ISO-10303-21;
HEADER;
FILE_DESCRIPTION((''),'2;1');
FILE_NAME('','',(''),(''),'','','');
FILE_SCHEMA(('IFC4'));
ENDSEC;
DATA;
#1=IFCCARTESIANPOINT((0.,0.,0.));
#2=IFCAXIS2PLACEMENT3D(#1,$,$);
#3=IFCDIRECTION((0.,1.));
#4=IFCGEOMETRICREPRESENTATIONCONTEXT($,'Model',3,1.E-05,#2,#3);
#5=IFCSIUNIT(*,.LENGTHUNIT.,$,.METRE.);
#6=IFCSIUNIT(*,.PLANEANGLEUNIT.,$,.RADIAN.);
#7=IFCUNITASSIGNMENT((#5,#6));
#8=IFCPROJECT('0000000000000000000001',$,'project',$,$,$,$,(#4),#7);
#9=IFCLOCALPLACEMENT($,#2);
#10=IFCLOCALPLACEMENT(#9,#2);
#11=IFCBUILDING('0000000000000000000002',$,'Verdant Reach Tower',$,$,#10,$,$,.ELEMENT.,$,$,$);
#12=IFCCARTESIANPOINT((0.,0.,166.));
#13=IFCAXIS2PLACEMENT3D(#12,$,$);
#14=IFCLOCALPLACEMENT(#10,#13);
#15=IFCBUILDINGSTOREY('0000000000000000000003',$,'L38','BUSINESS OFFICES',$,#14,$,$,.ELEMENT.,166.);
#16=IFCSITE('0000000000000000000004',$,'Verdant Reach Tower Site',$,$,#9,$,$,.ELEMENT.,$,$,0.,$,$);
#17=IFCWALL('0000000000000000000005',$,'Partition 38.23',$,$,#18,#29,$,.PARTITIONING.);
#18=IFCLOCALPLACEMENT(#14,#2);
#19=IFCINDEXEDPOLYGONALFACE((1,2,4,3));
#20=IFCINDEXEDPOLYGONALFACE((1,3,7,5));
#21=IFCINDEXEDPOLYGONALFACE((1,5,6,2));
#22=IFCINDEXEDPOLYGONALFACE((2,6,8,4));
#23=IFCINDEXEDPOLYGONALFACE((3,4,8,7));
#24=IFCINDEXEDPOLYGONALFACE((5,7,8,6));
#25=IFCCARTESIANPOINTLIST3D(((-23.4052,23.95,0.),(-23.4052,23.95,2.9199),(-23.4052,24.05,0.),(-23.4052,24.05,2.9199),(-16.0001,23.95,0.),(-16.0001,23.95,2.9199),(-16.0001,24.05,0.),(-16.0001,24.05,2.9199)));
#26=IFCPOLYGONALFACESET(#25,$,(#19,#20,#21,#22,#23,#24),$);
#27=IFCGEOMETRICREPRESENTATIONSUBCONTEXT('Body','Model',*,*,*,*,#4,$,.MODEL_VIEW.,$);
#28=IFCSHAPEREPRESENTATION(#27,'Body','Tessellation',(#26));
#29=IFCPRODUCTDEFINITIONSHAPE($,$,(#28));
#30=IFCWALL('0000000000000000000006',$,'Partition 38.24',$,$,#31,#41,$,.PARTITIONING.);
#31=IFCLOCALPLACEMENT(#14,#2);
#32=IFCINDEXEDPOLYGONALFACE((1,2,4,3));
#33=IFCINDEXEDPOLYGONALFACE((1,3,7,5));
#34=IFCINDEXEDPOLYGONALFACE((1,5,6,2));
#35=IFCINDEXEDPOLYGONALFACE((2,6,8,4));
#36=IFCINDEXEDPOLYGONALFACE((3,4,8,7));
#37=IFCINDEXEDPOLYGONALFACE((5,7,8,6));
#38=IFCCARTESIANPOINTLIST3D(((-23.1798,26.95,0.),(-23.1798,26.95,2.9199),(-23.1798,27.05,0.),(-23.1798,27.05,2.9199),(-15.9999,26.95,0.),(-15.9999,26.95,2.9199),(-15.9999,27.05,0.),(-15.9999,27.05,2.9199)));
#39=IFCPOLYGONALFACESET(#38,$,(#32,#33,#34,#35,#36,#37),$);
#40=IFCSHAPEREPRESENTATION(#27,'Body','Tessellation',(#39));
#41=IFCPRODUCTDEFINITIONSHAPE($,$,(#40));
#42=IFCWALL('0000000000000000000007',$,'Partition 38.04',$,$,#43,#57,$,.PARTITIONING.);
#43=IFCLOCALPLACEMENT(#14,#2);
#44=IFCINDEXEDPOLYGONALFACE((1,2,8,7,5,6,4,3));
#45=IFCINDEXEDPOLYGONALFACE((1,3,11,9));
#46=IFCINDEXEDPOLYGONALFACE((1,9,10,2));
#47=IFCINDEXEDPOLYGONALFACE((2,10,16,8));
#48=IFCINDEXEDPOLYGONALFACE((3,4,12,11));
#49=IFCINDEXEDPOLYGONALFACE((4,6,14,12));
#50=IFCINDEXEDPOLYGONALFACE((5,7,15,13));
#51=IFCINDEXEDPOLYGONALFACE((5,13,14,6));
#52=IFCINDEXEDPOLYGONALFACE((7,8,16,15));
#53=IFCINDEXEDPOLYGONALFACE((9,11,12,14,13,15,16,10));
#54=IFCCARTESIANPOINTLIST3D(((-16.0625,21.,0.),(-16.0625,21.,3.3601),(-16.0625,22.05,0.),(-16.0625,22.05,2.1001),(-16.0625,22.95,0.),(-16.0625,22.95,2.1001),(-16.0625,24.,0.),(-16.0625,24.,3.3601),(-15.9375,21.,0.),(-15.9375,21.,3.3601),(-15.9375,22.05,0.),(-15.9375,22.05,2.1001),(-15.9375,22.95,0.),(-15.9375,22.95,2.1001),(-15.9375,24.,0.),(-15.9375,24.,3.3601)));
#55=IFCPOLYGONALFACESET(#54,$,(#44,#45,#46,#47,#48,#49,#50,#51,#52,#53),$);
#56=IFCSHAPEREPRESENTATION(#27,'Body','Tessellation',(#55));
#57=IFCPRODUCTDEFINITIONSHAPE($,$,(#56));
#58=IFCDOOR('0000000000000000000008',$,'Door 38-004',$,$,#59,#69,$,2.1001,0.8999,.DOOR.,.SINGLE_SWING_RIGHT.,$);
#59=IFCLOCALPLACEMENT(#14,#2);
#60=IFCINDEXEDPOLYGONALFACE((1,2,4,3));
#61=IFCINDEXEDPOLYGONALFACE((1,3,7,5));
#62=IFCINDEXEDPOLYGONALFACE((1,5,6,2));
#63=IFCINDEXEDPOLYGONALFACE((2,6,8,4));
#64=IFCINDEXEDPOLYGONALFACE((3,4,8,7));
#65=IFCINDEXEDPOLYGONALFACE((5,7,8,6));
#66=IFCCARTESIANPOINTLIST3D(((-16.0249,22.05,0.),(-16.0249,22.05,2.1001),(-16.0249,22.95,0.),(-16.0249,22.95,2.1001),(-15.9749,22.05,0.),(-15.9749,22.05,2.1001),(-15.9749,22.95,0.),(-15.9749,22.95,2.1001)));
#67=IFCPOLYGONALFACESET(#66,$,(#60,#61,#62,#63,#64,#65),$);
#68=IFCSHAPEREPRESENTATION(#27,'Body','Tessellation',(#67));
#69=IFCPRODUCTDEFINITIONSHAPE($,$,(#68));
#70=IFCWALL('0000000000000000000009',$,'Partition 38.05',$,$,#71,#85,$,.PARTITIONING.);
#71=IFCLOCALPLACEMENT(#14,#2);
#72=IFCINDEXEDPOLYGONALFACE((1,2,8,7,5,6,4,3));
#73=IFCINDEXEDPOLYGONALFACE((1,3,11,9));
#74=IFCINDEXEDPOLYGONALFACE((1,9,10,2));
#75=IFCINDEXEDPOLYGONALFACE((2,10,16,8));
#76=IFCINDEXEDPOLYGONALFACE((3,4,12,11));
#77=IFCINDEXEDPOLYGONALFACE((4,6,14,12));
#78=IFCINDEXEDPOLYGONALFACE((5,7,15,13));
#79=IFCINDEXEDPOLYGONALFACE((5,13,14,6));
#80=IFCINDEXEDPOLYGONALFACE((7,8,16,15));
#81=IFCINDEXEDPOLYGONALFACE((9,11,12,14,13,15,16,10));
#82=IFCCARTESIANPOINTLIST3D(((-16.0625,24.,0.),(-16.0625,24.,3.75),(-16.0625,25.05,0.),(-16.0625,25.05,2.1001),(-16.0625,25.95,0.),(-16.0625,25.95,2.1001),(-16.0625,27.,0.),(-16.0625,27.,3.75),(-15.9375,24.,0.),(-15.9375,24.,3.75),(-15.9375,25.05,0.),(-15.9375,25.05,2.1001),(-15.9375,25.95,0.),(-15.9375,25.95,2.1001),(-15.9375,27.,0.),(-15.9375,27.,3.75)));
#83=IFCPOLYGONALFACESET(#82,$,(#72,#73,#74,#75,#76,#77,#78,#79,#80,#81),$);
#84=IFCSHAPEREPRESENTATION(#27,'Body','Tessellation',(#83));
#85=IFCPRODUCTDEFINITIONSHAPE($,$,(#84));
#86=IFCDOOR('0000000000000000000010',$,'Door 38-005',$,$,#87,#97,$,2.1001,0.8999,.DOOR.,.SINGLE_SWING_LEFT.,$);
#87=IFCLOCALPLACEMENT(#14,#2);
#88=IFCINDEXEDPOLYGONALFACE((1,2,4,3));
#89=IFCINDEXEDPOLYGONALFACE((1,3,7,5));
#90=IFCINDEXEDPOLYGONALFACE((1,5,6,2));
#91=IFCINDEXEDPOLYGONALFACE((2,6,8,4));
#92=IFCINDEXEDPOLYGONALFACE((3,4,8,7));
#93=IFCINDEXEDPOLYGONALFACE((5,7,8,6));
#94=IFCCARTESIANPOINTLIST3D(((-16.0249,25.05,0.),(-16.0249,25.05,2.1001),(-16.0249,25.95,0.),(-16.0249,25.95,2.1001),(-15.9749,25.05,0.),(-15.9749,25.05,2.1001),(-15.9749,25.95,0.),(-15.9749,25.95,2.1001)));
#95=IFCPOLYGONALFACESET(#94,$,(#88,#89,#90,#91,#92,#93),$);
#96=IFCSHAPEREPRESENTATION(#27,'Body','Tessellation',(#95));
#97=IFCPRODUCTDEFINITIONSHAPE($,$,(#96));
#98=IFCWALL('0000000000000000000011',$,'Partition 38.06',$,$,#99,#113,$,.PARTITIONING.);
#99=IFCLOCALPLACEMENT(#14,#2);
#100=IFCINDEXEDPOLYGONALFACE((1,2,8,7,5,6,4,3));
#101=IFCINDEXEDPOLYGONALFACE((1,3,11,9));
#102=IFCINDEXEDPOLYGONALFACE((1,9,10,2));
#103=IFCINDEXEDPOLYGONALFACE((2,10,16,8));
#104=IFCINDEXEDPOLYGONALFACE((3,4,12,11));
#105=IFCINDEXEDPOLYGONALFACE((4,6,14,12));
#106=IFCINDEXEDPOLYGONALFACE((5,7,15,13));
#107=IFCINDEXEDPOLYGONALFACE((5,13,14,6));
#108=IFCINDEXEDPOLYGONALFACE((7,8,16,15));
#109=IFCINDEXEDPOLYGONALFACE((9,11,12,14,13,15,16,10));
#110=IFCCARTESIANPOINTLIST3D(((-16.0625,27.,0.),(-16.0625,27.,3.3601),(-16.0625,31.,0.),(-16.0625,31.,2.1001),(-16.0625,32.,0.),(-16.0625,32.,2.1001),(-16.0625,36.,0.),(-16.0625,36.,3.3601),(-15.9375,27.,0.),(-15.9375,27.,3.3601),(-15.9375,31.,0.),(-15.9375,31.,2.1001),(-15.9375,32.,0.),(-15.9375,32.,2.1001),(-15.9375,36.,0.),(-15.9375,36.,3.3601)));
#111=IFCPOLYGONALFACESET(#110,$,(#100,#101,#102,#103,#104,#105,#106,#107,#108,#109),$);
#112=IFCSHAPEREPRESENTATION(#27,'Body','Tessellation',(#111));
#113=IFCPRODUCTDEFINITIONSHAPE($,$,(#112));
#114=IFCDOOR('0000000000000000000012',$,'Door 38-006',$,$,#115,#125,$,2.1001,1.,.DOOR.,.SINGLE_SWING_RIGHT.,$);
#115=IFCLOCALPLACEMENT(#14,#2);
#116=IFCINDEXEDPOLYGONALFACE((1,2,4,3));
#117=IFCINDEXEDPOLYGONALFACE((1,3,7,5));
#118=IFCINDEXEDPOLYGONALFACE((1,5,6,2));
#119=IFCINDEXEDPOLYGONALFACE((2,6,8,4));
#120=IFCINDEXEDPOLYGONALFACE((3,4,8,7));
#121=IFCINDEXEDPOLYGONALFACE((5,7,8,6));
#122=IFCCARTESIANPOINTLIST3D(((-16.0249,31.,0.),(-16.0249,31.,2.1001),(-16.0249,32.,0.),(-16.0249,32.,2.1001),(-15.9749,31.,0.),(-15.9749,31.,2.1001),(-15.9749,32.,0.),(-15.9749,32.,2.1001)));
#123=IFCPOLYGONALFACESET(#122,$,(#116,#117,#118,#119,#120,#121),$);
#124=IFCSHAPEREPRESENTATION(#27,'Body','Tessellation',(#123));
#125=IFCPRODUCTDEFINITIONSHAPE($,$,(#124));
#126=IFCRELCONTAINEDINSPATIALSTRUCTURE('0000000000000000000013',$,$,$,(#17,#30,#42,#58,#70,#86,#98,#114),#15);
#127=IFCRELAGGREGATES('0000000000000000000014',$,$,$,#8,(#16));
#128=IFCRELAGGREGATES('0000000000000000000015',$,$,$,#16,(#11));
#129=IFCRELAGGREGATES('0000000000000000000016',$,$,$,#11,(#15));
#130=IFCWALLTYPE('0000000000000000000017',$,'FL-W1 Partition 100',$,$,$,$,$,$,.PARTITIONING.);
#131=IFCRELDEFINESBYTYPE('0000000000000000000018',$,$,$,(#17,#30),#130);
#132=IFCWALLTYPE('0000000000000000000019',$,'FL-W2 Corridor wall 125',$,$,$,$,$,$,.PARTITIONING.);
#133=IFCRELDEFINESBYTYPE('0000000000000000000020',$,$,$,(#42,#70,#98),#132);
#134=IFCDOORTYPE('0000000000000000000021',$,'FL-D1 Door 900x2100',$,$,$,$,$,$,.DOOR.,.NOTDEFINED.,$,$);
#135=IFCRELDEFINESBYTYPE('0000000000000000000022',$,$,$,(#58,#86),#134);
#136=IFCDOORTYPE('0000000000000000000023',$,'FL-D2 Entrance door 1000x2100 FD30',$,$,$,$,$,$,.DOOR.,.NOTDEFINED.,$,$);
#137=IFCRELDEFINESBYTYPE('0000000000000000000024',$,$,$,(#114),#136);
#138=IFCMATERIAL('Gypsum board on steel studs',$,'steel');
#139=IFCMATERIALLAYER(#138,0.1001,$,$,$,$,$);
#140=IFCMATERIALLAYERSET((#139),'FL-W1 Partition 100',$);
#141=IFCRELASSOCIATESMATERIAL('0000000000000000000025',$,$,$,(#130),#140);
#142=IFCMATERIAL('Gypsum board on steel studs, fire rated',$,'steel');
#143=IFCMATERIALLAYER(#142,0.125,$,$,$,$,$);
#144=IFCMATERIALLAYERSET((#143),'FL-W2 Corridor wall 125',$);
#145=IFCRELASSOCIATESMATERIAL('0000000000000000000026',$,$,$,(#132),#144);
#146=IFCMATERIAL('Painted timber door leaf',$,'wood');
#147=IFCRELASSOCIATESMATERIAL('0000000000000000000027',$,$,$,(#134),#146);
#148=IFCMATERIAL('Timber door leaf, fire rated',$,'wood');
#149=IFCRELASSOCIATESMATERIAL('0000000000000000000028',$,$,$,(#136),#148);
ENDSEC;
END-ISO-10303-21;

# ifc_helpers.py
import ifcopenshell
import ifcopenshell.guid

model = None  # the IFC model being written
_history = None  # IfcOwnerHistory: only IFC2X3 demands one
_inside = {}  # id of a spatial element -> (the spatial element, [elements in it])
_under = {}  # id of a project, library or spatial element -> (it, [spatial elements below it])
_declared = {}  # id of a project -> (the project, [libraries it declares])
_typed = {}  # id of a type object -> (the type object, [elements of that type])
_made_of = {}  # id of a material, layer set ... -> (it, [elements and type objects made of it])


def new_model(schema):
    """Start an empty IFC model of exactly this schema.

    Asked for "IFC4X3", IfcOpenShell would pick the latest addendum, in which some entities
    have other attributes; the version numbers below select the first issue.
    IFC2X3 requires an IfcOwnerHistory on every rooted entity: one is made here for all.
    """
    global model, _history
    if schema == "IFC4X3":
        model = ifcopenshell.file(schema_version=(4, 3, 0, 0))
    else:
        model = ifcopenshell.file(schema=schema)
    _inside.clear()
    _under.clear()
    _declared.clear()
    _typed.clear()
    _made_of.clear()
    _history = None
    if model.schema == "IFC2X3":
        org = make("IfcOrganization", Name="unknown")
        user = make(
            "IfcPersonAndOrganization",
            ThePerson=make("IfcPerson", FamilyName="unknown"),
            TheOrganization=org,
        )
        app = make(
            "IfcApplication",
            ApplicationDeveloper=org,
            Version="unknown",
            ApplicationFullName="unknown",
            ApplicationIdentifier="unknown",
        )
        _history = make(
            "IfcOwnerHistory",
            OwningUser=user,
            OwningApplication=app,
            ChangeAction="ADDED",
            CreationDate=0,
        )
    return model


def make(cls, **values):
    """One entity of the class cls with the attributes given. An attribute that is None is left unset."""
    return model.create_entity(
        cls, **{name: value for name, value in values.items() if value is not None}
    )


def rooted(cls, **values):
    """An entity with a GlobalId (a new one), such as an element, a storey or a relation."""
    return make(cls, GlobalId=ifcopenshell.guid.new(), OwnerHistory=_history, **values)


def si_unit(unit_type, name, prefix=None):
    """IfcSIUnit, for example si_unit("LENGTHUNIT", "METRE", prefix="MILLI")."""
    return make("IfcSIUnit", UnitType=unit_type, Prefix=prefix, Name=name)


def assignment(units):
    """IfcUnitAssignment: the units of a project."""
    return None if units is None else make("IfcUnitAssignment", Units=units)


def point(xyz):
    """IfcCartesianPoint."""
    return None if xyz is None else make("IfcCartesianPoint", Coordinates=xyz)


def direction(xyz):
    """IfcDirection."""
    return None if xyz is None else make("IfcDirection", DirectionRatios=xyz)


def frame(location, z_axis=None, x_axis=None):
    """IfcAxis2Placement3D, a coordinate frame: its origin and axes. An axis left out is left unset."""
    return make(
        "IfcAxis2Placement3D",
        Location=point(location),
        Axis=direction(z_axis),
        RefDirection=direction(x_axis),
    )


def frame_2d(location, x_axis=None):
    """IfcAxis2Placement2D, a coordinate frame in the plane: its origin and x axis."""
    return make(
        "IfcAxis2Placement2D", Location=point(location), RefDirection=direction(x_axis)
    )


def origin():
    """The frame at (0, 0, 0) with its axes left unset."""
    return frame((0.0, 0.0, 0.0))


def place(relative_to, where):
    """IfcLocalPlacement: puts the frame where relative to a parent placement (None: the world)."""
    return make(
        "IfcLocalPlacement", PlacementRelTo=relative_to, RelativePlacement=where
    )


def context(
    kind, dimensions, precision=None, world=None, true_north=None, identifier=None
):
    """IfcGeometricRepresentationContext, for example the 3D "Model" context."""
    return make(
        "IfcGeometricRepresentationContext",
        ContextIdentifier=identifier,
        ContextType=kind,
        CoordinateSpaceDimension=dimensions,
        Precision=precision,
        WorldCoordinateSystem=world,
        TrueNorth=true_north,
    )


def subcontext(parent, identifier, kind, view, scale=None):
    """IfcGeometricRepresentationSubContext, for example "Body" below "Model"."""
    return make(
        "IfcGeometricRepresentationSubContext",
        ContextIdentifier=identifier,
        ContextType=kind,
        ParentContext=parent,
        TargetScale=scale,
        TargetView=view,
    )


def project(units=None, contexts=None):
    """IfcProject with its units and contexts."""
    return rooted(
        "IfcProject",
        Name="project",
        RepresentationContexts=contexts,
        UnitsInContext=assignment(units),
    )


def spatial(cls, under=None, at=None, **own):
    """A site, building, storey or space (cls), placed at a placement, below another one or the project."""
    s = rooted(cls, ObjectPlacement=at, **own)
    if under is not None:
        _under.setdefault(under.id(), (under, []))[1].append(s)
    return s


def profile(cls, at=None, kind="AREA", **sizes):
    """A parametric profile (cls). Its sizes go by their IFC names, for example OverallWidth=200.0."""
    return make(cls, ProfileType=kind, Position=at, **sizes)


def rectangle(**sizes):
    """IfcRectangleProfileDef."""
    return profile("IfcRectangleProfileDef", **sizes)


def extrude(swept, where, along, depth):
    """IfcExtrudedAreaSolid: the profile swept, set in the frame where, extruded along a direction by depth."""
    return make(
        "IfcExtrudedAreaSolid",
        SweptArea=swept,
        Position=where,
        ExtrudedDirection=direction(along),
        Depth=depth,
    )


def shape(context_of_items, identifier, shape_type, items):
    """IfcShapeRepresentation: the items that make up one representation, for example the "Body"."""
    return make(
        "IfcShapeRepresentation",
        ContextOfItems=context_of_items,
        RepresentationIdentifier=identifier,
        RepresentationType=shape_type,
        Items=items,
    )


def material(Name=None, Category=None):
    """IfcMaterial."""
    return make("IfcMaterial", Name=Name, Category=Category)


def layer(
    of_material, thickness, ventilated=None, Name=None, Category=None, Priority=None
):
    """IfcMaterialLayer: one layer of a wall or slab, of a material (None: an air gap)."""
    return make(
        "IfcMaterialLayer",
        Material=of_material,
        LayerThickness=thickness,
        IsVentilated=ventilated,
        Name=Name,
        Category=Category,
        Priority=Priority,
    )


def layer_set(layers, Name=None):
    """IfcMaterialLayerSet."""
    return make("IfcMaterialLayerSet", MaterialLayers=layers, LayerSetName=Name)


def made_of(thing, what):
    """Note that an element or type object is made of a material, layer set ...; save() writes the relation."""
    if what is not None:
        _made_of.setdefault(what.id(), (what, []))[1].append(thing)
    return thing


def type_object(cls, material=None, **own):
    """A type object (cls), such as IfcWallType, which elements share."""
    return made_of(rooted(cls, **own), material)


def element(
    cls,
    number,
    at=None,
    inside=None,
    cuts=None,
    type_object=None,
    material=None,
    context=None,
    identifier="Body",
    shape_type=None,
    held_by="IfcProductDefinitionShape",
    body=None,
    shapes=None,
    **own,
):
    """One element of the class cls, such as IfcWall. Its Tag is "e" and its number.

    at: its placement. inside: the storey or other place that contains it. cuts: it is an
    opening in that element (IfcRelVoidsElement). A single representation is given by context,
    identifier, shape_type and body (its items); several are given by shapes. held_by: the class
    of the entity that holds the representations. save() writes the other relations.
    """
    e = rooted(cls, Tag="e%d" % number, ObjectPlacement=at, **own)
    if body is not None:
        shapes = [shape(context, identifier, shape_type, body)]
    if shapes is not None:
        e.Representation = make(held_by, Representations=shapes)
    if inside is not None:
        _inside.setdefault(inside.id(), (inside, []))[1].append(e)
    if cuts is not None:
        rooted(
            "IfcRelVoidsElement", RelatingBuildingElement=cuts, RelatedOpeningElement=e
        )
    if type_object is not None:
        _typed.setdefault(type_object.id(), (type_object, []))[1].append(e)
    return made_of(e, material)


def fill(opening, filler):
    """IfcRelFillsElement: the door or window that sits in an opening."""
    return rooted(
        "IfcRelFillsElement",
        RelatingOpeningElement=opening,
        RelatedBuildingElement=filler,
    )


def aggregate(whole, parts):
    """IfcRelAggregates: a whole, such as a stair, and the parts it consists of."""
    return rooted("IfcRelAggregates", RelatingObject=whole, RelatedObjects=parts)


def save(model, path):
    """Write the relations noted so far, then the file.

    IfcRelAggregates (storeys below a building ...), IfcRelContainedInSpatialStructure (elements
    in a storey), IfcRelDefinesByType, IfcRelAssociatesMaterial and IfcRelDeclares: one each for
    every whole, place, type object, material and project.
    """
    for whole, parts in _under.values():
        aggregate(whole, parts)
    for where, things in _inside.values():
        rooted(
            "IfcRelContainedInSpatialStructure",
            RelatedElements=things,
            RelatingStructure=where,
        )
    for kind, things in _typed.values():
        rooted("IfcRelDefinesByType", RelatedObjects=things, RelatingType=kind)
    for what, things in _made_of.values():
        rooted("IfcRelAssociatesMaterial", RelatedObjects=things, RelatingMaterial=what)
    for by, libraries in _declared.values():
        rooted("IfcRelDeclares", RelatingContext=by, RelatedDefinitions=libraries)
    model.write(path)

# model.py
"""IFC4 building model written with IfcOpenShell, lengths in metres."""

from ifc_helpers import new_model, si_unit, direction, frame, frame_2d, origin, place, context, subcontext, project, spatial, rectangle, extrude, material, layer, layer_set, type_object, element, fill, save


model = new_model("IFC4")

# Units and contexts
model_context = context("Model", 3, precision=1e-05, world=origin(), true_north=direction((0.0, 1.0)))
body_context = subcontext(model_context, "Body", "Model", "MODEL_VIEW")
ifc_project = project(units=[si_unit("LENGTHUNIT", "METRE"), si_unit("PLANEANGLEUNIT", "RADIAN")], contexts=[model_context])

# Site, building, storey
site_placement = place(None, origin())
site = spatial("IfcSite", under=ifc_project, at=site_placement, Name="Verdant Reach Tower Site", CompositionType="ELEMENT", RefElevation=0.0)
building_placement = place(site_placement, origin())
building = spatial("IfcBuilding", under=site, at=building_placement, Name="Verdant Reach Tower", CompositionType="ELEMENT")
storey_placement = place(building_placement, frame((0.0, 0.0, 166.0)))
storey = spatial("IfcBuildingStorey", under=building, at=storey_placement, Name="L38", Description="BUSINESS OFFICES", CompositionType="ELEMENT", Elevation=166.0)

# Shared definitions
ifc_material_1 = material(Name="Gypsum board on steel studs", Category="steel")

# Walls
ifc_layer_1 = layer(ifc_material_1, 0.1001)
ifc_layer_set_1 = layer_set([ifc_layer_1], Name="FL-W1 Partition 100")
wall_type_1 = type_object("IfcWallType", Name="FL-W1 Partition 100", PredefinedType="PARTITIONING", material=ifc_layer_set_1)
wall_1_placement = place(storey_placement, frame((-16.0, 24.0, 0.0), z_axis=(0.0, 0.0, 1.0), x_axis=(-1.0, 0.0, 0.0)))
element("IfcWall", 1, at=wall_1_placement, inside=storey, type_object=wall_type_1, Name="Partition 38.23", PredefinedType="PARTITIONING", context=body_context, shape_type="SweptSolid", body=[
    extrude(rectangle(XDim=7.405, YDim=0.1001, at=frame_2d((3.7026, 0.0))), origin(), (0.0, 0.0, 1.0), 2.9199),
])
wall_2_placement = place(storey_placement, frame((-16.0, 27.0, 0.0), z_axis=(0.0, 0.0, 1.0), x_axis=(-1.0, 0.0, 0.0)))
element("IfcWall", 2, at=wall_2_placement, inside=storey, type_object=wall_type_1, Name="Partition 38.24", PredefinedType="PARTITIONING", context=body_context, shape_type="SweptSolid", body=[
    extrude(rectangle(XDim=7.1799, YDim=0.1001, at=frame_2d((3.5898, 0.0))), origin(), (0.0, 0.0, 1.0), 2.9199),
])

# Walls, openings, doors
ifc_material_2 = material(Name="Gypsum board on steel studs, fire rated", Category="steel")
ifc_layer_2 = layer(ifc_material_2, 0.125)
ifc_layer_set_2 = layer_set([ifc_layer_2], Name="FL-W2 Corridor wall 125")
wall_type_2 = type_object("IfcWallType", Name="FL-W2 Corridor wall 125", PredefinedType="PARTITIONING", material=ifc_layer_set_2)
wall_3_placement = place(storey_placement, frame((-16.0, 21.0, 0.0), z_axis=(0.0, 0.0, 1.0), x_axis=(0.0, 1.0, 0.0)))
wall_3 = element("IfcWall", 3, at=wall_3_placement, inside=storey, type_object=wall_type_2, Name="Partition 38.04", PredefinedType="PARTITIONING", context=body_context, shape_type="SweptSolid", body=[
    extrude(rectangle(XDim=3.0, YDim=0.125, at=frame_2d((1.5, 0.0))), origin(), (0.0, 0.0, 1.0), 3.3601),
])
opening_1_placement = place(wall_3_placement, frame((1.05, 0.0, 0.0)))
opening_1 = element("IfcOpeningElement", 4, at=opening_1_placement, cuts=wall_3, PredefinedType="OPENING", context=body_context, shape_type="SweptSolid", body=[
    extrude(rectangle(XDim=0.8999, YDim=2.1001, at=frame_2d((0.45, 1.05))), frame((0.0, 0.0725, 0.0), z_axis=(0.0, -1.0, 0.0), x_axis=(1.0, 0.0, 0.0)), (0.0, 0.0, 1.0), 0.145),
])
ifc_material_3 = material(Name="Painted timber door leaf", Category="wood")
door_type_1 = type_object("IfcDoorType", Name="FL-D1 Door 900x2100", OperationType="NOTDEFINED", PredefinedType="DOOR", material=ifc_material_3)
door_1_placement = place(opening_1_placement, origin())
door_1 = element("IfcDoor", 5, at=door_1_placement, inside=storey, type_object=door_type_1, Name="Door 38-004", OperationType="SINGLE_SWING_RIGHT", OverallHeight=2.1001, OverallWidth=0.8999, PredefinedType="DOOR", context=body_context, shape_type="SweptSolid", body=[
    extrude(rectangle(XDim=0.8999, YDim=2.1001, at=frame_2d((0.45, 1.05))), frame((0.0, 0.0249, 0.0), z_axis=(0.0, -1.0, 0.0), x_axis=(1.0, 0.0, 0.0)), (0.0, 0.0, 1.0), 0.05),
])
fill(opening_1, door_1)
wall_4_placement = place(storey_placement, frame((-16.0, 24.0, 0.0), z_axis=(0.0, 0.0, 1.0), x_axis=(0.0, 1.0, 0.0)))
wall_4 = element("IfcWall", 6, at=wall_4_placement, inside=storey, type_object=wall_type_2, Name="Partition 38.05", PredefinedType="PARTITIONING", context=body_context, shape_type="SweptSolid", body=[
    extrude(rectangle(XDim=3.0, YDim=0.125, at=frame_2d((1.5, 0.0))), origin(), (0.0, 0.0, 1.0), 3.75),
])
opening_2_placement = place(wall_4_placement, frame((1.05, 0.0, 0.0)))
opening_2 = element("IfcOpeningElement", 7, at=opening_2_placement, cuts=wall_4, PredefinedType="OPENING", context=body_context, shape_type="SweptSolid", body=[
    extrude(rectangle(XDim=0.8999, YDim=2.1001, at=frame_2d((0.45, 1.05))), frame((0.0, 0.0725, 0.0), z_axis=(0.0, -1.0, 0.0), x_axis=(1.0, 0.0, 0.0)), (0.0, 0.0, 1.0), 0.145),
])
door_2_placement = place(opening_2_placement, origin())
door_2 = element("IfcDoor", 8, at=door_2_placement, inside=storey, type_object=door_type_1, Name="Door 38-005", OperationType="SINGLE_SWING_LEFT", OverallHeight=2.1001, OverallWidth=0.8999, PredefinedType="DOOR", context=body_context, shape_type="SweptSolid", body=[
    extrude(rectangle(XDim=0.8999, YDim=2.1001, at=frame_2d((0.45, 1.05))), frame((0.0, 0.0249, 0.0), z_axis=(0.0, -1.0, 0.0), x_axis=(1.0, 0.0, 0.0)), (0.0, 0.0, 1.0), 0.05),
])
fill(opening_2, door_2)
wall_5_placement = place(storey_placement, frame((-16.0, 27.0, 0.0), z_axis=(0.0, 0.0, 1.0), x_axis=(0.0, 1.0, 0.0)))
wall_5 = element("IfcWall", 9, at=wall_5_placement, inside=storey, type_object=wall_type_2, Name="Partition 38.06", PredefinedType="PARTITIONING", context=body_context, shape_type="SweptSolid", body=[
    extrude(rectangle(XDim=9.0, YDim=0.125, at=frame_2d((4.5, 0.0))), origin(), (0.0, 0.0, 1.0), 3.3601),
])
opening_3_placement = place(wall_5_placement, frame((4.0, 0.0, 0.0)))
opening_3 = element("IfcOpeningElement", 10, at=opening_3_placement, cuts=wall_5, PredefinedType="OPENING", context=body_context, shape_type="SweptSolid", body=[
    extrude(rectangle(XDim=1.0, YDim=2.1001, at=frame_2d((0.5, 1.05))), frame((0.0, 0.0725, 0.0), z_axis=(0.0, -1.0, 0.0), x_axis=(1.0, 0.0, 0.0)), (0.0, 0.0, 1.0), 0.145),
])
ifc_material_4 = material(Name="Timber door leaf, fire rated", Category="wood")
door_type_2 = type_object("IfcDoorType", Name="FL-D2 Entrance door 1000x2100 FD30", OperationType="NOTDEFINED", PredefinedType="DOOR", material=ifc_material_4)
door_3_placement = place(opening_3_placement, origin())
door_3 = element("IfcDoor", 11, at=door_3_placement, inside=storey, type_object=door_type_2, Name="Door 38-006", OperationType="SINGLE_SWING_RIGHT", OverallHeight=2.1001, OverallWidth=1.0, PredefinedType="DOOR", context=body_context, shape_type="SweptSolid", body=[
    extrude(rectangle(XDim=1.0, YDim=2.1001, at=frame_2d((0.5, 1.05))), frame((0.0, 0.0249, 0.0), z_axis=(0.0, -1.0, 0.0), x_axis=(1.0, 0.0, 0.0)), (0.0, 0.0, 1.0), 0.05),
])
fill(opening_3, door_3)

save(model, "model.ifc")
